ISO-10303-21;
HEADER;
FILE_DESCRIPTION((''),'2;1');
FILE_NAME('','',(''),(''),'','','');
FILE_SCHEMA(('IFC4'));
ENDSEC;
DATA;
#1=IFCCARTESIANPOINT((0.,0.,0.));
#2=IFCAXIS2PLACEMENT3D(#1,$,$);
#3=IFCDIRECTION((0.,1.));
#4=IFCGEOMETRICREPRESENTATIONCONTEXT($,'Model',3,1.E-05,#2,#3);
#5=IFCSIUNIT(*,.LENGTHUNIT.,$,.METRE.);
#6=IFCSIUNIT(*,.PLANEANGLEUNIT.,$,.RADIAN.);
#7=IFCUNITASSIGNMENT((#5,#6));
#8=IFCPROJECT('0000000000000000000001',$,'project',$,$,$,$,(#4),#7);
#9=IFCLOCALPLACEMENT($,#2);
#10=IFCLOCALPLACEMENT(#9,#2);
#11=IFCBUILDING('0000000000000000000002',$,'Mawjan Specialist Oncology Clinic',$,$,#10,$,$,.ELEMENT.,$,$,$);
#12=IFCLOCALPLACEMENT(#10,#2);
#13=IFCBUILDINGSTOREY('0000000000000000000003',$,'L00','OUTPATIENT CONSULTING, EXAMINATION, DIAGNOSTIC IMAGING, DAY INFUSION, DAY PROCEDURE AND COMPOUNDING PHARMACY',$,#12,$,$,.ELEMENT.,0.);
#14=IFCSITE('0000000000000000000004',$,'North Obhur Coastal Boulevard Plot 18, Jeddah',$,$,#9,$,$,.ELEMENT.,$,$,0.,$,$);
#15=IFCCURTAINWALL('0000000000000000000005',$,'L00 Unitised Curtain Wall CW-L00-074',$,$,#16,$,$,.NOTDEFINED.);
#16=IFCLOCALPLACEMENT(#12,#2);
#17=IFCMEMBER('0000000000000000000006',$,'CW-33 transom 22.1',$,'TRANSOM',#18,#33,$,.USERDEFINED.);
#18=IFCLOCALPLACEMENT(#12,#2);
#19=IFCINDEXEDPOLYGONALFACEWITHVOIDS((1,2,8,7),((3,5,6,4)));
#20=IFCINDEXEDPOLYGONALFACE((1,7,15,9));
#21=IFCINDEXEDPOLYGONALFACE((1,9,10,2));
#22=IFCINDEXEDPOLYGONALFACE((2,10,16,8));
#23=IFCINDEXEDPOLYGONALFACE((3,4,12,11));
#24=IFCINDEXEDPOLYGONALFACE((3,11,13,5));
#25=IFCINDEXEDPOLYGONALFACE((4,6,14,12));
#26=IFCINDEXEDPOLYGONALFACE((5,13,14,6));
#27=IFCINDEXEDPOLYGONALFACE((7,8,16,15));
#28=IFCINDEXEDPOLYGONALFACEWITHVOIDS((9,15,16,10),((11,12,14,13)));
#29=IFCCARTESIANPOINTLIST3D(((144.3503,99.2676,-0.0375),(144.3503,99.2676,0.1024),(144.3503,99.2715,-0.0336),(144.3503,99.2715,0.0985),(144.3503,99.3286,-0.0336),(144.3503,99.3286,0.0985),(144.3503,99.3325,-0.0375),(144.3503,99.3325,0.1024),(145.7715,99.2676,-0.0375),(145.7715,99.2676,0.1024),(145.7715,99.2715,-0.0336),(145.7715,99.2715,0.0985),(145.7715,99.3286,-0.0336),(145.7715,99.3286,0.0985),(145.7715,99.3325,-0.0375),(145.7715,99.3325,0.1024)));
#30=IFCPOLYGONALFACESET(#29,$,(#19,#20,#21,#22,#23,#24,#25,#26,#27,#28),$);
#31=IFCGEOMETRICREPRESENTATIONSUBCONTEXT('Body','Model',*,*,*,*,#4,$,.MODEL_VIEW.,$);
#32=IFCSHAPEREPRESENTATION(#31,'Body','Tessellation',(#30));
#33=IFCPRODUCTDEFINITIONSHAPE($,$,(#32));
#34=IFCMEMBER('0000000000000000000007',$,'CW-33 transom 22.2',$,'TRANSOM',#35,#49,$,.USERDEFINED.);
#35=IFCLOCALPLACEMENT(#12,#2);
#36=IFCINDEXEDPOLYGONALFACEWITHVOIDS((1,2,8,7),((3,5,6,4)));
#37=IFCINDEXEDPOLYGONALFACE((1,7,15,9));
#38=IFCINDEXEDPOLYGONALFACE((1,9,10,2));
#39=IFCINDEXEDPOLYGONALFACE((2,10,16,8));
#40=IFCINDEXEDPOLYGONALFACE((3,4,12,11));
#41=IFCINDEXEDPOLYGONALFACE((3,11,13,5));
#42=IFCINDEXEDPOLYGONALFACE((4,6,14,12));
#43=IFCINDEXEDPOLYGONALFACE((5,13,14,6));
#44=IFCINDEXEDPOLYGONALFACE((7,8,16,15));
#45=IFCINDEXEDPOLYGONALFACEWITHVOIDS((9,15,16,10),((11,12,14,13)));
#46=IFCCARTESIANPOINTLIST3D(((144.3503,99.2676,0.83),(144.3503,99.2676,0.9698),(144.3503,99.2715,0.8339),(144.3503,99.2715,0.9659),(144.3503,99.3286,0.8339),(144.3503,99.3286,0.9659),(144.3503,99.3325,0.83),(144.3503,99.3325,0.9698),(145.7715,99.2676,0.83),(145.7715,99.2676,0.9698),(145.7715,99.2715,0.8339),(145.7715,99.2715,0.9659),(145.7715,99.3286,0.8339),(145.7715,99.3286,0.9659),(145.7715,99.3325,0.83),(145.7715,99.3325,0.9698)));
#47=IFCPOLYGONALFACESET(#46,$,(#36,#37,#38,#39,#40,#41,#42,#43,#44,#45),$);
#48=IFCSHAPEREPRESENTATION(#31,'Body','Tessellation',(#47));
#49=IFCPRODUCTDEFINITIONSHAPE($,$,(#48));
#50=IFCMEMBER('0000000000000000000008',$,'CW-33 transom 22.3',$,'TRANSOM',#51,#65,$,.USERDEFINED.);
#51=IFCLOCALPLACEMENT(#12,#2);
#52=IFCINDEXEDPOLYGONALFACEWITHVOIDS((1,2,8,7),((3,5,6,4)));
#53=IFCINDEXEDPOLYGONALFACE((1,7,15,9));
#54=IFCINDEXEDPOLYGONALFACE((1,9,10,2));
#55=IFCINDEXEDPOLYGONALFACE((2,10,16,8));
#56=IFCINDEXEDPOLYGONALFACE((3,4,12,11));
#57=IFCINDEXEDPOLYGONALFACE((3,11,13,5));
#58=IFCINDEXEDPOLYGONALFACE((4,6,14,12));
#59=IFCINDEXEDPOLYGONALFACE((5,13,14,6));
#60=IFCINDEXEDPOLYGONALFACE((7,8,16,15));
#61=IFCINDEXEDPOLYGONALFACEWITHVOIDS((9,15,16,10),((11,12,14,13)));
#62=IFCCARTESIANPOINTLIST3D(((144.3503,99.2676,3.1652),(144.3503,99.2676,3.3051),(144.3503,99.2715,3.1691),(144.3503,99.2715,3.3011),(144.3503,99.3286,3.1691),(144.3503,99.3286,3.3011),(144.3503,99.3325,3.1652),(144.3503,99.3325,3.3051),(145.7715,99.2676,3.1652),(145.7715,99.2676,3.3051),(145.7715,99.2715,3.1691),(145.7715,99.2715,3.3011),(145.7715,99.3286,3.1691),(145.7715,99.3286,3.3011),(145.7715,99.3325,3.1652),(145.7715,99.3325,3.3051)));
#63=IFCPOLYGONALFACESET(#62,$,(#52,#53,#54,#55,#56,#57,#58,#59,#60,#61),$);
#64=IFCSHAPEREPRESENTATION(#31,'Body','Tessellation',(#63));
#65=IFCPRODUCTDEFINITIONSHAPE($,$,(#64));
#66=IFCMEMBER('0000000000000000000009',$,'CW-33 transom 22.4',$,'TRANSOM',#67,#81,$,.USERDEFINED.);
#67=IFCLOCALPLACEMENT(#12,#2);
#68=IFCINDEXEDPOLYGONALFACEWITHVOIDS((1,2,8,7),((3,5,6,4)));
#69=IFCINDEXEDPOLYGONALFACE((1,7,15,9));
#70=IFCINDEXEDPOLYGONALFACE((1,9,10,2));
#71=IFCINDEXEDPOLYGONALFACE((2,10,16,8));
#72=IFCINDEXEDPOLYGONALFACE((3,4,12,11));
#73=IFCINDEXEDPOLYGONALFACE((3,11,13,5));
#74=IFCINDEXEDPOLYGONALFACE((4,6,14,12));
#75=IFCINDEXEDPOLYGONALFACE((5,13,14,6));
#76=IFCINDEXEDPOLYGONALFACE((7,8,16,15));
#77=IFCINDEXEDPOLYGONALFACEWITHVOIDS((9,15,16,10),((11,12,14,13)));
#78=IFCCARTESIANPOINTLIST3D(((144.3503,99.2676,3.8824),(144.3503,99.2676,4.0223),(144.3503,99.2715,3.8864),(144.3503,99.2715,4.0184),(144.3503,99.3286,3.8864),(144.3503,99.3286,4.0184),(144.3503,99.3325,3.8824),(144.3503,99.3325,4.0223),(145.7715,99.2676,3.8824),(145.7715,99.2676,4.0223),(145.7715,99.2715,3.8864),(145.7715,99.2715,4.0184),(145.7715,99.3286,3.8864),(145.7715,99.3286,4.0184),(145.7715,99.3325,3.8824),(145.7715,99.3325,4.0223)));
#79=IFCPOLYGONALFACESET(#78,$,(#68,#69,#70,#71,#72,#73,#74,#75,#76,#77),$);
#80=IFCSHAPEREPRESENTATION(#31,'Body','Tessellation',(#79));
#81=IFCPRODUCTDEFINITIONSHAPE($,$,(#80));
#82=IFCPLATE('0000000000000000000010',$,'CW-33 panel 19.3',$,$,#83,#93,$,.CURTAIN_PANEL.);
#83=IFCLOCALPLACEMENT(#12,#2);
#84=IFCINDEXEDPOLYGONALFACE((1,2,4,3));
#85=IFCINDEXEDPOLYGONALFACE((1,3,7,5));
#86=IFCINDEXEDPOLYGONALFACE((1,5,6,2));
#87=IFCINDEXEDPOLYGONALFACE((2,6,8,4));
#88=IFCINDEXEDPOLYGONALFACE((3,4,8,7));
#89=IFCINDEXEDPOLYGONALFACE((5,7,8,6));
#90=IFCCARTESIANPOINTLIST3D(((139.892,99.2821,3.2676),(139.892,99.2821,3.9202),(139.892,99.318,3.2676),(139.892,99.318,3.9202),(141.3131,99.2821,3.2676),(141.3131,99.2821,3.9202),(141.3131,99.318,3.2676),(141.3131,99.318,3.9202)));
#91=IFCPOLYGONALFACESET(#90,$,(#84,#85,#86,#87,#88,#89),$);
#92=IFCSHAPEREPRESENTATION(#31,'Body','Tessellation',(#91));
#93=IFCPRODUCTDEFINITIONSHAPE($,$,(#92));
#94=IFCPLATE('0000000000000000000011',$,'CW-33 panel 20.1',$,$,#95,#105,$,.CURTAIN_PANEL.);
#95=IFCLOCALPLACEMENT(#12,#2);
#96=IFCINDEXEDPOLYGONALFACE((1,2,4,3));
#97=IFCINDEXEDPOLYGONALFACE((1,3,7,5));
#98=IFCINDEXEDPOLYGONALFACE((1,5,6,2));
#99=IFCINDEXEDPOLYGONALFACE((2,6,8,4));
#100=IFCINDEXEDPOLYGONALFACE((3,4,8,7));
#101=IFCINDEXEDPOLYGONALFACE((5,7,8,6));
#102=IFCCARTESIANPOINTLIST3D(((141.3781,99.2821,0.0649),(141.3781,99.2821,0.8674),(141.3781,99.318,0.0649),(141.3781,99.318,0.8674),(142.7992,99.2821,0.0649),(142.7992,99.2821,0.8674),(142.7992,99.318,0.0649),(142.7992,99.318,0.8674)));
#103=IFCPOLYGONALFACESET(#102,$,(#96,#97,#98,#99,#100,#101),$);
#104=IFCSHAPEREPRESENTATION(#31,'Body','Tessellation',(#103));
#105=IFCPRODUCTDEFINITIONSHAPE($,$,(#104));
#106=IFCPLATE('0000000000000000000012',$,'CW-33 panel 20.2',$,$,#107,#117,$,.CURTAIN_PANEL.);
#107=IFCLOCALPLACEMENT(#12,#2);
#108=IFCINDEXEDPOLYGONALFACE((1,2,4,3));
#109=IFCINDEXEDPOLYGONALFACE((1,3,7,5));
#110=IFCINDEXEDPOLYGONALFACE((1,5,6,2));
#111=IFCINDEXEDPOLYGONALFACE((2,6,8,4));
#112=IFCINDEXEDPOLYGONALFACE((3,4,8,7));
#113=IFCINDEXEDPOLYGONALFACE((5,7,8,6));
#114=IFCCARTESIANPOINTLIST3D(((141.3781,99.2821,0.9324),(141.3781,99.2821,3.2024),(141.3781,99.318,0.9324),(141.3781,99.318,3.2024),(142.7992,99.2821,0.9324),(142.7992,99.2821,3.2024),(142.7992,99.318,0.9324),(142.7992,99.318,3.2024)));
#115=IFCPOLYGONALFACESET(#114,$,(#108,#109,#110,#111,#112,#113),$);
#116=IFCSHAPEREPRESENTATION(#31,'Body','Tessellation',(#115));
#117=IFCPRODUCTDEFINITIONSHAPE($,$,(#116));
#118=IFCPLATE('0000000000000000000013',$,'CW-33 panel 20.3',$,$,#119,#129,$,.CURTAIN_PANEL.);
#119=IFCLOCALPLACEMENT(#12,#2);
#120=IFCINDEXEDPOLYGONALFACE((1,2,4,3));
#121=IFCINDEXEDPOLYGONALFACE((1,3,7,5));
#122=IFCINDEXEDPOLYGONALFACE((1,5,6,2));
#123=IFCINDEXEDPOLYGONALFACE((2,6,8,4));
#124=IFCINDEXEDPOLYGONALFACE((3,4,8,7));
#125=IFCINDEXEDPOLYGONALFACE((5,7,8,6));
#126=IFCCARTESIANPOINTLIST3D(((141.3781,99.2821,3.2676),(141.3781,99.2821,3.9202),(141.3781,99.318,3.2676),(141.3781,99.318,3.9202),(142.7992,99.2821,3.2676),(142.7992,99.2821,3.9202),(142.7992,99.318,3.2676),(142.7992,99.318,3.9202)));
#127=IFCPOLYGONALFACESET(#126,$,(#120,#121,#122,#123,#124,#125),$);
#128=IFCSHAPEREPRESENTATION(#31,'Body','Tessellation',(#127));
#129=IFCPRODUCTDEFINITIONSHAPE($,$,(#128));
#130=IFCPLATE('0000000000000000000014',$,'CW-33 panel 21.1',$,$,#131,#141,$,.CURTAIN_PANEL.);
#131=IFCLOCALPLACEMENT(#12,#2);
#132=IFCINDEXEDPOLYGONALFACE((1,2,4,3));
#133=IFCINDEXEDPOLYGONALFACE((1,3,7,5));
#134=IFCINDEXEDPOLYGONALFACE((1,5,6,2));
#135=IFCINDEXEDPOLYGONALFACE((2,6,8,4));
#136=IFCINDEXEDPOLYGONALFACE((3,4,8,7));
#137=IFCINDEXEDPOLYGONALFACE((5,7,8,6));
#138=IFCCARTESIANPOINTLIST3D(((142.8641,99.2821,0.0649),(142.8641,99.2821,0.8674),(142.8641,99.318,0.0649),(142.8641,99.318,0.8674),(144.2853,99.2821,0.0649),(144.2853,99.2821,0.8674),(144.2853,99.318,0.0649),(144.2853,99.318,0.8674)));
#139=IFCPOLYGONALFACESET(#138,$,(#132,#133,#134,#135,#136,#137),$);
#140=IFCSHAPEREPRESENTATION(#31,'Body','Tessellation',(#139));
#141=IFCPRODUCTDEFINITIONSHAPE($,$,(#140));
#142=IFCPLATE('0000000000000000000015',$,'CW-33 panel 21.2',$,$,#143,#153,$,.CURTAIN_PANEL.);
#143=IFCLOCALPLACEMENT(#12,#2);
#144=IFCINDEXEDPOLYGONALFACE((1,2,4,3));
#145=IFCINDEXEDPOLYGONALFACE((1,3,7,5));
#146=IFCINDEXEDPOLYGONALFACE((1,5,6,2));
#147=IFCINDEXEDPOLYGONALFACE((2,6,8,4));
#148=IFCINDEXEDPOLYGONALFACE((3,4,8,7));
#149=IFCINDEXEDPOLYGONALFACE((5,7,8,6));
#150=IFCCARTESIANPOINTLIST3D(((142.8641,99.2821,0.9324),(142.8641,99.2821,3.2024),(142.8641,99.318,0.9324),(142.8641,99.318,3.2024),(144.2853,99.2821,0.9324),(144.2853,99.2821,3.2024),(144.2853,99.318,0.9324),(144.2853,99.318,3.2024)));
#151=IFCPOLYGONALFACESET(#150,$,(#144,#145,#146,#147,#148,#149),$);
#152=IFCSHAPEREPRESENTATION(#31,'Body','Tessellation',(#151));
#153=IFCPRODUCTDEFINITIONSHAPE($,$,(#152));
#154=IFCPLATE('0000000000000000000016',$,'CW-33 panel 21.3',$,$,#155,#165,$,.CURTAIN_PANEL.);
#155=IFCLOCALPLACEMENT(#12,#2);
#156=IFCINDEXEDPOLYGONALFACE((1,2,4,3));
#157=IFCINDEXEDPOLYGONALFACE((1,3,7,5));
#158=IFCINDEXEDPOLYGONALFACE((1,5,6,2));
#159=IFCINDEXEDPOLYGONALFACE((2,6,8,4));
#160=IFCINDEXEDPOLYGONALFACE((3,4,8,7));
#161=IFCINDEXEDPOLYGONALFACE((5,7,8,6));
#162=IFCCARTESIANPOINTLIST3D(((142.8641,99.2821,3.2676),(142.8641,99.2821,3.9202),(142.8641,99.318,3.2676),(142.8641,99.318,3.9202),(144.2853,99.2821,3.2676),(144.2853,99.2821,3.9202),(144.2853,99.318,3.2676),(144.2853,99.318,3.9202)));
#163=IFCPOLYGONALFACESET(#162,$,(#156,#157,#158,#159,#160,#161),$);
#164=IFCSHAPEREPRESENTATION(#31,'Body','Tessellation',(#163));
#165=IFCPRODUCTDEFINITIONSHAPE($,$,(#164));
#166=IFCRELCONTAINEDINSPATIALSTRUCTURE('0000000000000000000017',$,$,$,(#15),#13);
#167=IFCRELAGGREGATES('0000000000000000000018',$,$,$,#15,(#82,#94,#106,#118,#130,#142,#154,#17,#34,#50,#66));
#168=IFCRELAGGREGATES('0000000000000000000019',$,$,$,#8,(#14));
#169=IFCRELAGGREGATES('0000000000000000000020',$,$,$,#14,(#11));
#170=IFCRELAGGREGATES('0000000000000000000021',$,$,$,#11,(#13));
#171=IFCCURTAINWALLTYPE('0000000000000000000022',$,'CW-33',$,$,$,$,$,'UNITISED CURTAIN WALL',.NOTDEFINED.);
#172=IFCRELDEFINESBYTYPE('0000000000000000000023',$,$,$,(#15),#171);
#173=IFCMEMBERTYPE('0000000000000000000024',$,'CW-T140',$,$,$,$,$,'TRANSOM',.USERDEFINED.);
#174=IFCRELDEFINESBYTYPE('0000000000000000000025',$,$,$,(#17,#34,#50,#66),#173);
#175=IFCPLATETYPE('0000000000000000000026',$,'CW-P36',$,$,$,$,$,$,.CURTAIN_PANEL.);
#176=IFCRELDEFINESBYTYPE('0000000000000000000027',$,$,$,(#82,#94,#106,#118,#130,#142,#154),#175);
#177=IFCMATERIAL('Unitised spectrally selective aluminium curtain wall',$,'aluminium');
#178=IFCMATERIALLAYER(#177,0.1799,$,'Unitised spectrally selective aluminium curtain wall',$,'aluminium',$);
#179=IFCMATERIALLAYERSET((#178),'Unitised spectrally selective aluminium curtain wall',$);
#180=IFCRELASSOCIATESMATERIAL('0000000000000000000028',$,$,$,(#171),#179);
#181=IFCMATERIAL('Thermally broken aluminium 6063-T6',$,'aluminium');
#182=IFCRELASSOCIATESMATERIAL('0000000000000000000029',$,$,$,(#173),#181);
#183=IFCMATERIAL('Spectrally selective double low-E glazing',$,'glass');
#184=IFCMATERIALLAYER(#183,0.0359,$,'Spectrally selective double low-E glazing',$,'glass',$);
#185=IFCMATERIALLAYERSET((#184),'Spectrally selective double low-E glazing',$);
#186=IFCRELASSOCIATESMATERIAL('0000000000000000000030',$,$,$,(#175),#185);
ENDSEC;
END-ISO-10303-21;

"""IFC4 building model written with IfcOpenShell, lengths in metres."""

from ifc_helpers import new_model, si_unit, direction, frame, origin, origin_2d, place, context, subcontext, project, spatial, rectangle, hollow_rectangle, extrude, material, layer, layer_set, material_profile, profile_set, type_object, element, aggregate, save


model = new_model("IFC4")

# Units and contexts
model_context = context("Model", 3, precision=1e-05, world=origin(), true_north=direction((0.0, 1.0)))
body_context = subcontext(model_context, "Body", "Model", "MODEL_VIEW")
ifc_project = project(units=[si_unit("LENGTHUNIT", "METRE"), si_unit("PLANEANGLEUNIT", "RADIAN")], contexts=[model_context])

# Site, building, storey
site_placement = place(None, origin())
site = spatial("IfcSite", under=ifc_project, at=site_placement, Name="North Obhur Coastal Boulevard Plot 18, Jeddah", CompositionType="ELEMENT", RefElevation=0.0)
building_placement = place(site_placement, origin())
building = spatial("IfcBuilding", under=site, at=building_placement, Name="Mawjan Specialist Oncology Clinic", CompositionType="ELEMENT")
storey_placement = place(building_placement, origin())
storey = spatial("IfcBuildingStorey", under=building, at=storey_placement, Name="L00", Description="OUTPATIENT CONSULTING, EXAMINATION, DIAGNOSTIC IMAGING, DAY INFUSION, DAY PROCEDURE AND COMPOUNDING PHARMACY", CompositionType="ELEMENT", Elevation=0.0)

# Curtain wall, members, plates
ifc_material_1 = material(Name="Unitised spectrally selective aluminium curtain wall", Category="aluminium")
ifc_layer_1 = layer(ifc_material_1, 0.1799, Name="Unitised spectrally selective aluminium curtain wall", Category="aluminium")
ifc_layer_set_1 = layer_set([ifc_layer_1], Name="Unitised spectrally selective aluminium curtain wall")
curtain_wall_type = type_object("IfcCurtainWallType", Name="CW-33", ElementType="UNITISED CURTAIN WALL", PredefinedType="NOTDEFINED", material=ifc_layer_set_1)
curtain_wall_placement = place(storey_placement, origin())
curtain_wall = element("IfcCurtainWall", 1, at=curtain_wall_placement, inside=storey, type_object=curtain_wall_type, Name="L00 Unitised Curtain Wall CW-L00-074", PredefinedType="NOTDEFINED")
ifc_material_2 = material(Name="Thermally broken aluminium 6063-T6", Category="aluminium")
ifc_material_profile_1 = material_profile(ifc_material_2, hollow_rectangle(XDim=0.0649, YDim=0.1399, WallThickness=0.0039, at=origin_2d()), Name="ALU TRANSOM 140x65x4", Category="aluminium")
ifc_profile_set_1 = profile_set([ifc_material_profile_1], Name="Thermally broken aluminium 6063-T6")
member_type_1 = type_object("IfcMemberType", Name="CW-T140", ElementType="TRANSOM", PredefinedType="USERDEFINED", material=ifc_profile_set_1)
member_1_placement = place(storey_placement, frame((144.3503, 99.3, 0.0325), z_axis=(1.0, 0.0, 0.0), x_axis=(0.0, 1.0, 0.0)))
member_1 = element("IfcMember", 2, at=member_1_placement, type_object=member_type_1, Name="CW-33 transom 22.1", ObjectType="TRANSOM", PredefinedType="USERDEFINED", context=body_context, shape_type="SweptSolid", body=[
    extrude(hollow_rectangle(XDim=0.0649, YDim=0.1399, WallThickness=0.0039, at=origin_2d()), origin(), (0.0, 0.0, 1.0), 1.4211),
])
member_2_placement = place(storey_placement, frame((144.3503, 99.3, 0.8999), z_axis=(1.0, 0.0, 0.0), x_axis=(0.0, 1.0, 0.0)))
member_2 = element("IfcMember", 3, at=member_2_placement, type_object=member_type_1, Name="CW-33 transom 22.2", ObjectType="TRANSOM", PredefinedType="USERDEFINED", context=body_context, shape_type="SweptSolid", body=[
    extrude(hollow_rectangle(XDim=0.0649, YDim=0.1399, WallThickness=0.0039, at=origin_2d()), origin(), (0.0, 0.0, 1.0), 1.4211),
])
member_3_placement = place(storey_placement, frame((144.3503, 99.3, 3.2351), z_axis=(1.0, 0.0, 0.0), x_axis=(0.0, 1.0, 0.0)))
member_3 = element("IfcMember", 4, at=member_3_placement, type_object=member_type_1, Name="CW-33 transom 22.3", ObjectType="TRANSOM", PredefinedType="USERDEFINED", context=body_context, shape_type="SweptSolid", body=[
    extrude(hollow_rectangle(XDim=0.0649, YDim=0.1399, WallThickness=0.0039, at=origin_2d()), origin(), (0.0, 0.0, 1.0), 1.4211),
])
member_4_placement = place(storey_placement, frame((144.3503, 99.3, 3.9524), z_axis=(1.0, 0.0, 0.0), x_axis=(0.0, 1.0, 0.0)))
member_4 = element("IfcMember", 5, at=member_4_placement, type_object=member_type_1, Name="CW-33 transom 22.4", ObjectType="TRANSOM", PredefinedType="USERDEFINED", context=body_context, shape_type="SweptSolid", body=[
    extrude(hollow_rectangle(XDim=0.0649, YDim=0.1399, WallThickness=0.0039, at=origin_2d()), origin(), (0.0, 0.0, 1.0), 1.4211),
])
ifc_material_3 = material(Name="Spectrally selective double low-E glazing", Category="glass")
ifc_layer_2 = layer(ifc_material_3, 0.0359, Name="Spectrally selective double low-E glazing", Category="glass")
ifc_layer_set_2 = layer_set([ifc_layer_2], Name="Spectrally selective double low-E glazing")
plate_type = type_object("IfcPlateType", Name="CW-P36", PredefinedType="CURTAIN_PANEL", material=ifc_layer_set_2)
plate_1_placement = place(storey_placement, frame((140.6025, 99.3, 3.2676), z_axis=(0.0, 0.0, 1.0), x_axis=(1.0, 0.0, 0.0)))
plate_1 = element("IfcPlate", 6, at=plate_1_placement, type_object=plate_type, Name="CW-33 panel 19.3", PredefinedType="CURTAIN_PANEL", context=body_context, shape_type="SweptSolid", body=[
    extrude(rectangle(XDim=1.4211, YDim=0.0359, at=origin_2d()), origin(), (0.0, 0.0, 1.0), 0.6526),
])
plate_2_placement = place(storey_placement, frame((142.0886, 99.3, 0.0649), z_axis=(0.0, 0.0, 1.0), x_axis=(1.0, 0.0, 0.0)))
plate_2 = element("IfcPlate", 7, at=plate_2_placement, type_object=plate_type, Name="CW-33 panel 20.1", PredefinedType="CURTAIN_PANEL", context=body_context, shape_type="SweptSolid", body=[
    extrude(rectangle(XDim=1.4211, YDim=0.0359, at=origin_2d()), origin(), (0.0, 0.0, 1.0), 0.8025),
])
plate_3_placement = place(storey_placement, frame((142.0886, 99.3, 0.9324), z_axis=(0.0, 0.0, 1.0), x_axis=(1.0, 0.0, 0.0)))
plate_3 = element("IfcPlate", 8, at=plate_3_placement, type_object=plate_type, Name="CW-33 panel 20.2", PredefinedType="CURTAIN_PANEL", context=body_context, shape_type="SweptSolid", body=[
    extrude(rectangle(XDim=1.4211, YDim=0.0359, at=origin_2d()), origin(), (0.0, 0.0, 1.0), 2.27),
])
plate_4_placement = place(storey_placement, frame((142.0886, 99.3, 3.2676), z_axis=(0.0, 0.0, 1.0), x_axis=(1.0, 0.0, 0.0)))
plate_4 = element("IfcPlate", 9, at=plate_4_placement, type_object=plate_type, Name="CW-33 panel 20.3", PredefinedType="CURTAIN_PANEL", context=body_context, shape_type="SweptSolid", body=[
    extrude(rectangle(XDim=1.4211, YDim=0.0359, at=origin_2d()), origin(), (0.0, 0.0, 1.0), 0.6526),
])
plate_5_placement = place(storey_placement, frame((143.5747, 99.3, 0.0649), z_axis=(0.0, 0.0, 1.0), x_axis=(1.0, 0.0, 0.0)))
plate_5 = element("IfcPlate", 10, at=plate_5_placement, type_object=plate_type, Name="CW-33 panel 21.1", PredefinedType="CURTAIN_PANEL", context=body_context, shape_type="SweptSolid", body=[
    extrude(rectangle(XDim=1.4211, YDim=0.0359, at=origin_2d()), origin(), (0.0, 0.0, 1.0), 0.8025),
])
plate_6_placement = place(storey_placement, frame((143.5747, 99.3, 0.9324), z_axis=(0.0, 0.0, 1.0), x_axis=(1.0, 0.0, 0.0)))
plate_6 = element("IfcPlate", 11, at=plate_6_placement, type_object=plate_type, Name="CW-33 panel 21.2", PredefinedType="CURTAIN_PANEL", context=body_context, shape_type="SweptSolid", body=[
    extrude(rectangle(XDim=1.4211, YDim=0.0359, at=origin_2d()), origin(), (0.0, 0.0, 1.0), 2.27),
])
plate_7_placement = place(storey_placement, frame((143.5747, 99.3, 3.2676), z_axis=(0.0, 0.0, 1.0), x_axis=(1.0, 0.0, 0.0)))
plate_7 = element("IfcPlate", 12, at=plate_7_placement, type_object=plate_type, Name="CW-33 panel 21.3", PredefinedType="CURTAIN_PANEL", context=body_context, shape_type="SweptSolid", body=[
    extrude(rectangle(XDim=1.4211, YDim=0.0359, at=origin_2d()), origin(), (0.0, 0.0, 1.0), 0.6526),
])
aggregate(curtain_wall, [plate_1, plate_2, plate_3, plate_4, plate_5, plate_6, plate_7, member_1, member_2, member_3, member_4])

save(model, "model.ifc")
